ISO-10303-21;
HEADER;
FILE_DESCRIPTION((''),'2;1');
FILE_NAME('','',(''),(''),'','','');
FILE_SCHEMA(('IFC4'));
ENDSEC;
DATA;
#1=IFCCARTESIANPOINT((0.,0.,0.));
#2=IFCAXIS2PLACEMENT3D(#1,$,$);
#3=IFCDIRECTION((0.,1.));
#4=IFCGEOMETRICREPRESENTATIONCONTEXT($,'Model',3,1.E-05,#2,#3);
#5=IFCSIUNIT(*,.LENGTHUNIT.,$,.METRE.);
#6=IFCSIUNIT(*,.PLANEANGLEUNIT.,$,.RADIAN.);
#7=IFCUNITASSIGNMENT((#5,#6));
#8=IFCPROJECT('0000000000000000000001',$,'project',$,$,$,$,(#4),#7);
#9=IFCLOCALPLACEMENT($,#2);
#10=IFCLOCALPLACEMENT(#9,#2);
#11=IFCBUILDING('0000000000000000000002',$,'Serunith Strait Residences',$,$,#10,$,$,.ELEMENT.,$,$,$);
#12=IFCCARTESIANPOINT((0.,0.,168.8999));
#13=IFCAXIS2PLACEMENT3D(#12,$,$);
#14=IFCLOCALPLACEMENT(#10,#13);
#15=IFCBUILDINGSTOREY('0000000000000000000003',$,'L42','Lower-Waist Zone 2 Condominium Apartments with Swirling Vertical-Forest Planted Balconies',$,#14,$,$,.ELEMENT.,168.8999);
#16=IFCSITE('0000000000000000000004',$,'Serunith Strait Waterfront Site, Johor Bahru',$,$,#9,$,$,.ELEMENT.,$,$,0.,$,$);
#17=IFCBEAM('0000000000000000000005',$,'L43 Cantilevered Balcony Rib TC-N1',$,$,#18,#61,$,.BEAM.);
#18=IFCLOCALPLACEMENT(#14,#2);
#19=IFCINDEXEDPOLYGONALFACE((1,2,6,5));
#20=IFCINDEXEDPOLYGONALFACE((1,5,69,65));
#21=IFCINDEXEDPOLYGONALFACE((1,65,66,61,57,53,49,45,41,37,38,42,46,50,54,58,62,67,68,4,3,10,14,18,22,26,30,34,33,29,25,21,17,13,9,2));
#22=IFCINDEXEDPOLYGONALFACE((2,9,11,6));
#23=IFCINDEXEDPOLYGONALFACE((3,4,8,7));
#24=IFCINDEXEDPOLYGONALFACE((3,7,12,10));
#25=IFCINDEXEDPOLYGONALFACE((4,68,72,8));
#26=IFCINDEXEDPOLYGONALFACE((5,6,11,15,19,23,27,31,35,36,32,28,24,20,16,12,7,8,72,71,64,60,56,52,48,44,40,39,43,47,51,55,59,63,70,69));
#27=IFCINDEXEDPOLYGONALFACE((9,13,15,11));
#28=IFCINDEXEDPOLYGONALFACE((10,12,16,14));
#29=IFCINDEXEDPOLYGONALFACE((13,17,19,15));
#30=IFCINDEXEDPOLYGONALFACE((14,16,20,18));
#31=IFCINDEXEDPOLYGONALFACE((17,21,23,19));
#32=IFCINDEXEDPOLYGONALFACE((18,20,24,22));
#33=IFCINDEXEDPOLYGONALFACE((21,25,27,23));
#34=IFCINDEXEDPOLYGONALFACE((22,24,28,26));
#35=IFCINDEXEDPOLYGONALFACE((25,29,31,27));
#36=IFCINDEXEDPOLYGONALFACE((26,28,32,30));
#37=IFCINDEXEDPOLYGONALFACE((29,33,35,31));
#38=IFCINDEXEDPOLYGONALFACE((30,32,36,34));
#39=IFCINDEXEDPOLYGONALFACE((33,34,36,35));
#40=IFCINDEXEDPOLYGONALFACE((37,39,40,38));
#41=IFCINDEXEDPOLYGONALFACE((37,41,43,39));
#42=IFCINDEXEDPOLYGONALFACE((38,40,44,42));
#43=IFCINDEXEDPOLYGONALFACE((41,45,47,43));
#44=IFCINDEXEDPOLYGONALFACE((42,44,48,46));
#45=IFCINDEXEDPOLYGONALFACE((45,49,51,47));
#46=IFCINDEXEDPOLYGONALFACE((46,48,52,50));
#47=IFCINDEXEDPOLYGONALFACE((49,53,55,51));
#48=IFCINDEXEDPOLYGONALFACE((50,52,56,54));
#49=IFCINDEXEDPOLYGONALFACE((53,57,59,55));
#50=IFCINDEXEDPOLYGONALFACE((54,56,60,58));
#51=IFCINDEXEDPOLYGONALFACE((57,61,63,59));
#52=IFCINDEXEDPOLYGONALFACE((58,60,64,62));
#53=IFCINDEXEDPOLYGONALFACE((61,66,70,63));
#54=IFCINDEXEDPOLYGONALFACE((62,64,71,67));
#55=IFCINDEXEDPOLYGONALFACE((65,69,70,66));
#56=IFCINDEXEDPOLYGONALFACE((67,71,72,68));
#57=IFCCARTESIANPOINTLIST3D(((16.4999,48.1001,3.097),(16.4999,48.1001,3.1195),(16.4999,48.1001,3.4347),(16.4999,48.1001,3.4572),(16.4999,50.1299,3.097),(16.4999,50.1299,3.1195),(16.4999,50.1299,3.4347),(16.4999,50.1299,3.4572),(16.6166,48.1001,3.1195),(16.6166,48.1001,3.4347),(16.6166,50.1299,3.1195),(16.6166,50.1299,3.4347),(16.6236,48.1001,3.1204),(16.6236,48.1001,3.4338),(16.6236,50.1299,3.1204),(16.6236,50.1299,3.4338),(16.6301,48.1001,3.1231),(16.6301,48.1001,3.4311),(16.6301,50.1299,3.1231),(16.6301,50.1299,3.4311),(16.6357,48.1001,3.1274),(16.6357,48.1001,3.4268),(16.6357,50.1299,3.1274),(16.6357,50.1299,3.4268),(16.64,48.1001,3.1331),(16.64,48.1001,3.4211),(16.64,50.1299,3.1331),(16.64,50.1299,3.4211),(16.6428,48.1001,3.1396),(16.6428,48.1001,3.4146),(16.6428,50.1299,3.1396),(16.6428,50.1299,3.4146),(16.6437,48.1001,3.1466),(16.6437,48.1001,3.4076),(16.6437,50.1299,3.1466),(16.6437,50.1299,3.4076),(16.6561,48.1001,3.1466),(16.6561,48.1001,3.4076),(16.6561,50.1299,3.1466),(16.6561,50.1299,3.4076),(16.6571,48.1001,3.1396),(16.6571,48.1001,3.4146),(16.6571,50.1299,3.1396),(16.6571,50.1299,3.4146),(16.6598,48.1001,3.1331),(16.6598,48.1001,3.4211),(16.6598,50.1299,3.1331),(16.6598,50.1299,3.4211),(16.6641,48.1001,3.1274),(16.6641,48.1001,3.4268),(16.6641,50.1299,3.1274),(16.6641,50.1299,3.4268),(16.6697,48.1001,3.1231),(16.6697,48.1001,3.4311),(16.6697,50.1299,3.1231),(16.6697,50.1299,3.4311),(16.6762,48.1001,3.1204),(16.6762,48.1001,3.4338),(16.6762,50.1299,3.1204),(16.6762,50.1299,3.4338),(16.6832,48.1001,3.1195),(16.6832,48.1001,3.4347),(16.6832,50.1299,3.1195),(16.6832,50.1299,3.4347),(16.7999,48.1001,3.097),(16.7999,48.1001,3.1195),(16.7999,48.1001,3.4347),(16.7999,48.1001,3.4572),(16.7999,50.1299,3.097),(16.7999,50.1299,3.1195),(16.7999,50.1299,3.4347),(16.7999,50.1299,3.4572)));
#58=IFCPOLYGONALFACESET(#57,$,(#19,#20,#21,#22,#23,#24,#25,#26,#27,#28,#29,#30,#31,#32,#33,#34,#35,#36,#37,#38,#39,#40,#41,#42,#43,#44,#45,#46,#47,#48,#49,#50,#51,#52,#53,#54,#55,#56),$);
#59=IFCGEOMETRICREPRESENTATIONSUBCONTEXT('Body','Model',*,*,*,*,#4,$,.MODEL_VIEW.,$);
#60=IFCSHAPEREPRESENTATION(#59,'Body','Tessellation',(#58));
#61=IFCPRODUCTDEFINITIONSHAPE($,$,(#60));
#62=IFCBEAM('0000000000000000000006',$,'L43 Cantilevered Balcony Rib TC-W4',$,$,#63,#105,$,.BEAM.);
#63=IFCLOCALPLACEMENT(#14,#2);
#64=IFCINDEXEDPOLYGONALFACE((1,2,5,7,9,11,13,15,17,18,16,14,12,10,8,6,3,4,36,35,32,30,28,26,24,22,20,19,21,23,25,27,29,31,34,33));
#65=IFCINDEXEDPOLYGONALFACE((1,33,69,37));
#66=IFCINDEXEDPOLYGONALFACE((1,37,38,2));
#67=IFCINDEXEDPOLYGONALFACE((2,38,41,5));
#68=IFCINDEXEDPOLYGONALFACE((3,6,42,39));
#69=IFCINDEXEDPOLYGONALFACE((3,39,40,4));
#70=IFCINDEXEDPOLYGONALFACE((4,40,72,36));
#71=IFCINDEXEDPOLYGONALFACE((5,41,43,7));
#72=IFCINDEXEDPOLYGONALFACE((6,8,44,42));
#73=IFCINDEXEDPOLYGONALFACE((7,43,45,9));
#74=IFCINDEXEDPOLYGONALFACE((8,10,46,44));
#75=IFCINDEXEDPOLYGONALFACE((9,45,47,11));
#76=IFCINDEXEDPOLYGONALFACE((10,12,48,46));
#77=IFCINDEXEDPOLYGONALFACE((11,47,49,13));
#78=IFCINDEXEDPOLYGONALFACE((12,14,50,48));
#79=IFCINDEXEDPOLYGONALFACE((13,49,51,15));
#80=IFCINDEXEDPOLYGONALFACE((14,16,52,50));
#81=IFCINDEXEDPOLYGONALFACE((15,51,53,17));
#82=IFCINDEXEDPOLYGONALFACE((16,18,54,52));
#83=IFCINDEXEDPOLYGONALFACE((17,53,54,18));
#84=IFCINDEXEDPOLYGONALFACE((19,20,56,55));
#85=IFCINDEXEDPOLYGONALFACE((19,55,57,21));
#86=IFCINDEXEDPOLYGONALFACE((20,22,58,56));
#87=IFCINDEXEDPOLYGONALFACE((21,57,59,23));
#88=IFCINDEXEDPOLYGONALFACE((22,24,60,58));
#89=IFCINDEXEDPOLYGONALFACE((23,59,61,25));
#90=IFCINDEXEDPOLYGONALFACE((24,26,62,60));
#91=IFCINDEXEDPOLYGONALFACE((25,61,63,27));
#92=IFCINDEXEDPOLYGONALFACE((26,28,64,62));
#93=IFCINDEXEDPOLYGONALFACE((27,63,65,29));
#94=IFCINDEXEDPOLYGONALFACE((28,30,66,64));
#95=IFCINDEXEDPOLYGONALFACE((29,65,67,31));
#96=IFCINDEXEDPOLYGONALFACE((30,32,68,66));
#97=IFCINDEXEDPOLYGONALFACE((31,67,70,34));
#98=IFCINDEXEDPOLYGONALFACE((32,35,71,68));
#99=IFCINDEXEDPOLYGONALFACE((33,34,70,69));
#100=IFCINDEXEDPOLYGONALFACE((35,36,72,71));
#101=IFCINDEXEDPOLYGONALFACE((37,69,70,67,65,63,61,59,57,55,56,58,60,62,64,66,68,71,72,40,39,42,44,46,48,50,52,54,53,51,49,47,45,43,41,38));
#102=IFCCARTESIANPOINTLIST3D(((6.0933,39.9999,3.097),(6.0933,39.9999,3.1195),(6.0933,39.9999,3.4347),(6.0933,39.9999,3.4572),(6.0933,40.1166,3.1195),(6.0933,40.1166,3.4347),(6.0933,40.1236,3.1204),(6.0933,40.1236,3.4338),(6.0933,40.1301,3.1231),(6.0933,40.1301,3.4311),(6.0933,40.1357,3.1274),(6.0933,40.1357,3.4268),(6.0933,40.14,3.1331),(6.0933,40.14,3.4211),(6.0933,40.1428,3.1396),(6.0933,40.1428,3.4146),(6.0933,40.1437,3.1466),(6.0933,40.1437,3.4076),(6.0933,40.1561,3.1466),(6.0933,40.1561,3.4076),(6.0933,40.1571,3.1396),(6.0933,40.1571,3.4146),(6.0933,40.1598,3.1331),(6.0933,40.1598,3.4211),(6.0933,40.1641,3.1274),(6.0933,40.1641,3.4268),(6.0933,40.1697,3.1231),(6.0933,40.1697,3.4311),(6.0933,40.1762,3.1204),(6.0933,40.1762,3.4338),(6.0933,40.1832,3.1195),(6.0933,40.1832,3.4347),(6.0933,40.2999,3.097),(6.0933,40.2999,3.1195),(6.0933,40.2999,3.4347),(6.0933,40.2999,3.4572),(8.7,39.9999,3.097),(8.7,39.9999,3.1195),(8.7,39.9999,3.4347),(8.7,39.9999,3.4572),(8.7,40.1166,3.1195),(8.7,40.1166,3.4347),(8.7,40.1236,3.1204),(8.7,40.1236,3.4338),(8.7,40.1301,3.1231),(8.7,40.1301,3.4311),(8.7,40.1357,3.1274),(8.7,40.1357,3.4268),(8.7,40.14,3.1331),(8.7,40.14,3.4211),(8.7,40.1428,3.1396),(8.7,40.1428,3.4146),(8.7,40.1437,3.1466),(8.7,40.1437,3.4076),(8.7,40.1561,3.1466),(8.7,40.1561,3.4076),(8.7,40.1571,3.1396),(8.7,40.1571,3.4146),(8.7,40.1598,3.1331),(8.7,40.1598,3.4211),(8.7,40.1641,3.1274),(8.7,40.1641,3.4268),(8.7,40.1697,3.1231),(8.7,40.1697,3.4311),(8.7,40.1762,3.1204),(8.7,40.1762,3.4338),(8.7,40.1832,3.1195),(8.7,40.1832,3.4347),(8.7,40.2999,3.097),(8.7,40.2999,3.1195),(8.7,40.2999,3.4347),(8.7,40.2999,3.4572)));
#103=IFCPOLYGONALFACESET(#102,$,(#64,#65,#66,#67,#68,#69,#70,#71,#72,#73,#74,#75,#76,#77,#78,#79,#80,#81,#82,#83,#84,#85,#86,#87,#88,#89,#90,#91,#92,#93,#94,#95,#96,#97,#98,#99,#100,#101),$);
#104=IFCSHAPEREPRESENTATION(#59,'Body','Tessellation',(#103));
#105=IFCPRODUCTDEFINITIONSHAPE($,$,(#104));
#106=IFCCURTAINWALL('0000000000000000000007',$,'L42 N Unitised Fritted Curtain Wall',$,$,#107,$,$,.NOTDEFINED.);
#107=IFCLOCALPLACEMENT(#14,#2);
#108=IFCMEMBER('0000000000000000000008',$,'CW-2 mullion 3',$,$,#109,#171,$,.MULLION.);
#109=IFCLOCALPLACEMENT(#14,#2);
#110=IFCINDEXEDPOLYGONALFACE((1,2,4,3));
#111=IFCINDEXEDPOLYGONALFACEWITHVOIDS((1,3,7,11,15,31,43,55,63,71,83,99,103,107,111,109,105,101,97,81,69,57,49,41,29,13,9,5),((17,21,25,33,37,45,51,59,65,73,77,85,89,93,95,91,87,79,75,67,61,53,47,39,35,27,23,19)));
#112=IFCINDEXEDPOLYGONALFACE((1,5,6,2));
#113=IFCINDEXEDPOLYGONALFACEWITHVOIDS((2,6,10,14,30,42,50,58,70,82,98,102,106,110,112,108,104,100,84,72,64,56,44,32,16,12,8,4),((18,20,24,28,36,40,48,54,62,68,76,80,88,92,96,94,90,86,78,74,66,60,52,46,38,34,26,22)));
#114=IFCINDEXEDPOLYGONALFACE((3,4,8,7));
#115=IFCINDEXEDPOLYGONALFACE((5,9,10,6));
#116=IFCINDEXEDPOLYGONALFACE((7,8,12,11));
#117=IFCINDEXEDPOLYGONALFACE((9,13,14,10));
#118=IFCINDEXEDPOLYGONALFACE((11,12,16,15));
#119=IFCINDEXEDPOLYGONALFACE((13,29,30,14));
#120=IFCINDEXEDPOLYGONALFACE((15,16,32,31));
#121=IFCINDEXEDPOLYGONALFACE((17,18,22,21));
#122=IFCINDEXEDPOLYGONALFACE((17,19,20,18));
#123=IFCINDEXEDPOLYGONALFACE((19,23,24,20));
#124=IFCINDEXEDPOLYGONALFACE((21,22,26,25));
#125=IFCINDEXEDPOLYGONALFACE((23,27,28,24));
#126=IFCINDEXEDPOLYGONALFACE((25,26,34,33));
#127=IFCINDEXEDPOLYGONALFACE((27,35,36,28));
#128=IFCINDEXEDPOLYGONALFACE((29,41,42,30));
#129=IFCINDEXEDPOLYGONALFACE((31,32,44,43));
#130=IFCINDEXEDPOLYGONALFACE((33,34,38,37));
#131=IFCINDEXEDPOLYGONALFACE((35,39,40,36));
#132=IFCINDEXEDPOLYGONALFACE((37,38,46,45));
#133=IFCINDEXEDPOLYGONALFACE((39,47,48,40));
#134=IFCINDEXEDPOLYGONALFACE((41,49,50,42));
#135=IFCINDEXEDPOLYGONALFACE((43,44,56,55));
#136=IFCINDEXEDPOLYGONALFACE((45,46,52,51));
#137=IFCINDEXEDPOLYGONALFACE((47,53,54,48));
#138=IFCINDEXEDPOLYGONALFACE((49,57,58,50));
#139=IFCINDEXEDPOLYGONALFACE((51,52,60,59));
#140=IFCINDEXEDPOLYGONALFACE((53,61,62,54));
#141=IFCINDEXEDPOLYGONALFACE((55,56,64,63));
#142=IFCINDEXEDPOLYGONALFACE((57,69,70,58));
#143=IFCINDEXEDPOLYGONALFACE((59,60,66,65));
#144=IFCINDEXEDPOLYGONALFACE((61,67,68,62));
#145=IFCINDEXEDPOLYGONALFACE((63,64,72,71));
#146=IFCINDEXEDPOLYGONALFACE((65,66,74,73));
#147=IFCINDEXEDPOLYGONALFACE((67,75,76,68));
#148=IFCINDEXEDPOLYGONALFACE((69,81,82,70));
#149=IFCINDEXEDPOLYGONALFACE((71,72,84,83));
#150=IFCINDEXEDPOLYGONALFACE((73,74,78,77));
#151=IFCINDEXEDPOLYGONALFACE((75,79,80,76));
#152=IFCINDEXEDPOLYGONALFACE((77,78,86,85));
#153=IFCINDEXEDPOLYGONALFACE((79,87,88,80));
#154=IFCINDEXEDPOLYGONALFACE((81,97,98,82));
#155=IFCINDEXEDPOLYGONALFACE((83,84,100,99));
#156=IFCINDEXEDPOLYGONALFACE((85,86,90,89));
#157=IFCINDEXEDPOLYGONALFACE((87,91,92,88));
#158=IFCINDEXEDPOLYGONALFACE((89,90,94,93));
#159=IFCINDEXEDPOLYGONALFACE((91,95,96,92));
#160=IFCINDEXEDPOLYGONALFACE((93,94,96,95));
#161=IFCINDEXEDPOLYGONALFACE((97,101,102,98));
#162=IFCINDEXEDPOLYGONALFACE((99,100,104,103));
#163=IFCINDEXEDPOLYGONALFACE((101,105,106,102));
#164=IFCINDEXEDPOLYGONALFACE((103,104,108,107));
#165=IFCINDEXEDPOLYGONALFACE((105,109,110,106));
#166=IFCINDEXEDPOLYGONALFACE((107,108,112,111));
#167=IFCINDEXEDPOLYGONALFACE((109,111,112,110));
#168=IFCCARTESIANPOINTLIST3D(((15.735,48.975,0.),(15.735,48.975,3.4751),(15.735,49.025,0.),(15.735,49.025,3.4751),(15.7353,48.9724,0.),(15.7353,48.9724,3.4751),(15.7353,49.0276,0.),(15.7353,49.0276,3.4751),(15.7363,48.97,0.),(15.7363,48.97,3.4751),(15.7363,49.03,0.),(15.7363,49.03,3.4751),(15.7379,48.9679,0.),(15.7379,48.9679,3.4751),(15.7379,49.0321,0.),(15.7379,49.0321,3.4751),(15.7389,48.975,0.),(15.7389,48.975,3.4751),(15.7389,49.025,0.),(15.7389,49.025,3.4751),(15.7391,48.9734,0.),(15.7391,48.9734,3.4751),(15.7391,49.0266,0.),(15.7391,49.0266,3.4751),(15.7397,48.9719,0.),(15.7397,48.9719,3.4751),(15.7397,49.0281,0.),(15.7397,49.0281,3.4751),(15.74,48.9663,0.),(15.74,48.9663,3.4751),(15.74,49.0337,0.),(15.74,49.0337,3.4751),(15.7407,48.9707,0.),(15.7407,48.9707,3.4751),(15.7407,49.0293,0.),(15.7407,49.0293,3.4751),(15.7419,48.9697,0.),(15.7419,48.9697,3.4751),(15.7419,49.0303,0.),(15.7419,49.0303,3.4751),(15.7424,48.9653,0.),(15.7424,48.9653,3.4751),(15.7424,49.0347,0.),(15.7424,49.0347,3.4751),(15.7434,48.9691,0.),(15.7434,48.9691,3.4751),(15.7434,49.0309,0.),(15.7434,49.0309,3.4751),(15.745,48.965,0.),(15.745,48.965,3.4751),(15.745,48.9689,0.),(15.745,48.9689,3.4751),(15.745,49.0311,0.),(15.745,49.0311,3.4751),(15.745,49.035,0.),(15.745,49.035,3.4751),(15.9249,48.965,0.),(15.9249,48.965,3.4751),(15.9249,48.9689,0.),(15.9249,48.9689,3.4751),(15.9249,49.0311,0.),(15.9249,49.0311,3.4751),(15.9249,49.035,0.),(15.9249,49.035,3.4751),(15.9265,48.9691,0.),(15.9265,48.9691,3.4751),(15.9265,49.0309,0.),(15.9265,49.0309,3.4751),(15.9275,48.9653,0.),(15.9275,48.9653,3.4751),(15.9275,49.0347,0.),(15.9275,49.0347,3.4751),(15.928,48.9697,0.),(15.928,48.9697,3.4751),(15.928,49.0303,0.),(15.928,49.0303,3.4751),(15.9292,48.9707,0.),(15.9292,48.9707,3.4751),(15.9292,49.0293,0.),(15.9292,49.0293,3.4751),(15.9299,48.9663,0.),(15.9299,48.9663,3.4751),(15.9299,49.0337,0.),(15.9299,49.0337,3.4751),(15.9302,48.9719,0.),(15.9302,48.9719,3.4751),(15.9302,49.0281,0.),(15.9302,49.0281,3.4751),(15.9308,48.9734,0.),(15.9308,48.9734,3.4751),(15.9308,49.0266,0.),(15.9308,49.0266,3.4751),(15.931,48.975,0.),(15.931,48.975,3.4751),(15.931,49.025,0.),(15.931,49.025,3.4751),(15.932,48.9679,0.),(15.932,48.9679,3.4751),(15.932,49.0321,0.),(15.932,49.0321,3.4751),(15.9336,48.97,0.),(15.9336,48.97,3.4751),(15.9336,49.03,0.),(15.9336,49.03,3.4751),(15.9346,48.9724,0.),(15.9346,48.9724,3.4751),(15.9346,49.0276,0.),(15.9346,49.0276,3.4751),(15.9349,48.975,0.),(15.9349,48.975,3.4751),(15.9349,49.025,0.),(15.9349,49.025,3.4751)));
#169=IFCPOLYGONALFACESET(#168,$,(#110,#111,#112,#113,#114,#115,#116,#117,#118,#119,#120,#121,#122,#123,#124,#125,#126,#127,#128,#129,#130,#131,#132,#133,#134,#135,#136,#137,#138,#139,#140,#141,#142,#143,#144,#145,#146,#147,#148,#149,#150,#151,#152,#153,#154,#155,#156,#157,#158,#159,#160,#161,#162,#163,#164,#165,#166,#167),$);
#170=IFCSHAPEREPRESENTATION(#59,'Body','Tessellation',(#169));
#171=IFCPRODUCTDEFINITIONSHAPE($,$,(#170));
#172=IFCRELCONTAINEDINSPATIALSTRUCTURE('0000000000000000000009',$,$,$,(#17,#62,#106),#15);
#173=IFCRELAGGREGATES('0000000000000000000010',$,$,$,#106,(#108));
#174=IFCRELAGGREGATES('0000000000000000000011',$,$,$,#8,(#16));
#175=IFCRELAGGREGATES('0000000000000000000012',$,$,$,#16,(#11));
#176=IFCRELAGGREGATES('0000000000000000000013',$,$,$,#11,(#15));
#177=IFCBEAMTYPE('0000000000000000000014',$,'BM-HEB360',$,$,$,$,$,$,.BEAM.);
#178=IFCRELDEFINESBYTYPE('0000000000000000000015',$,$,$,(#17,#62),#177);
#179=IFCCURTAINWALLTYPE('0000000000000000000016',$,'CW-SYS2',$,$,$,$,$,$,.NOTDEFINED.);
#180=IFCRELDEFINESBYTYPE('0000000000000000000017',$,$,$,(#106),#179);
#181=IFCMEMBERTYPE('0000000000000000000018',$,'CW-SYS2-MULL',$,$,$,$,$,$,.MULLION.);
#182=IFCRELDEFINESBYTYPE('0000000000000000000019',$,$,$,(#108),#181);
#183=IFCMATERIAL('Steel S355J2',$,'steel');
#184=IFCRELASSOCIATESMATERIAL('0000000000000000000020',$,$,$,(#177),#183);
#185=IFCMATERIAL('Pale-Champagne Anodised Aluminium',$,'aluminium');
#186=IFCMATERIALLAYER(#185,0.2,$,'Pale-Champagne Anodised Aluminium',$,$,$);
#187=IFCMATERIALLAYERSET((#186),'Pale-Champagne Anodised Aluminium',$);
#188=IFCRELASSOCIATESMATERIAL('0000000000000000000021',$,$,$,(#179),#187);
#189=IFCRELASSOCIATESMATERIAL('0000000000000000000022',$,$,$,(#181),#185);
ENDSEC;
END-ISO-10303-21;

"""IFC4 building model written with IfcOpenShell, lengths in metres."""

from ifc_helpers import new_model, si_unit, direction, frame, origin, origin_2d, place, context, subcontext, project, spatial, hollow_rectangle, i_section, extrude, source, transform, mapped, material, layer, layer_set, material_profile, profile_set, type_object, element, aggregate, save


model = new_model("IFC4")

# Units and contexts
model_context = context("Model", 3, precision=1e-05, world=origin(), true_north=direction((0.0, 1.0)))
body_context = subcontext(model_context, "Body", "Model", "MODEL_VIEW")
ifc_project = project(units=[si_unit("LENGTHUNIT", "METRE"), si_unit("PLANEANGLEUNIT", "RADIAN")], contexts=[model_context])

# Site, building, storey
site_placement = place(None, origin())
site = spatial("IfcSite", under=ifc_project, at=site_placement, Name="Serunith Strait Waterfront Site, Johor Bahru", CompositionType="ELEMENT", RefElevation=0.0)
building_placement = place(site_placement, origin())
building = spatial("IfcBuilding", under=site, at=building_placement, Name="Serunith Strait Residences", CompositionType="ELEMENT")
storey_placement = place(building_placement, frame((0.0, 0.0, 168.8999)))
storey = spatial("IfcBuildingStorey", under=building, at=storey_placement, Name="L42", Description="Lower-Waist Zone 2 Condominium Apartments with Swirling Vertical-Forest Planted Balconies", CompositionType="ELEMENT", Elevation=168.8999)

# Beams
ifc_material_1 = material(Name="Steel S355J2", Category="steel")
ifc_material_profile_1 = material_profile(ifc_material_1, i_section(OverallWidth=0.3, OverallDepth=0.3601, WebThickness=0.0125, FlangeThickness=0.0225, FilletRadius=0.0271, at=origin_2d()), Name="HEB 360")
ifc_profile_set_1 = profile_set([ifc_material_profile_1], Name="Steel S355J2")
beam_type_1 = type_object("IfcBeamType", Name="BM-HEB360", PredefinedType="BEAM", material=ifc_profile_set_1)
shared_shape_1 = source(origin(), body_context, "Body", "SweptSolid", [
    extrude(i_section(OverallWidth=0.3, OverallDepth=0.3601, WebThickness=0.0125, FlangeThickness=0.0225, FilletRadius=0.0271, at=origin_2d()), origin(), (0.0, 0.0, 1.0), 2.0298),
])
beam_1_placement = place(storey_placement, frame((16.6499, 48.1001, 3.2771), z_axis=(0.0, 1.0, 0.0), x_axis=(-1.0, 0.0, 0.0)))
element("IfcBeam", 1, at=beam_1_placement, inside=storey, type_object=beam_type_1, Name="L43 Cantilevered Balcony Rib TC-N1", PredefinedType="BEAM", context=body_context, shape_type="MappedRepresentation", body=[
    mapped(shared_shape_1, transform((0.0, 0.0, 0.0), scale=1.0)),
])
shared_shape_2 = source(origin(), body_context, "Body", "SweptSolid", [
    extrude(i_section(OverallWidth=0.3, OverallDepth=0.3601, WebThickness=0.0125, FlangeThickness=0.0225, FilletRadius=0.0271, at=origin_2d()), origin(), (0.0, 0.0, 1.0), 2.6067),
])
beam_2_placement = place(storey_placement, frame((8.7, 40.1499, 3.2771), z_axis=(-1.0, 0.0, 0.0), x_axis=(0.0, -1.0, 0.0)))
element("IfcBeam", 2, at=beam_2_placement, inside=storey, type_object=beam_type_1, Name="L43 Cantilevered Balcony Rib TC-W4", PredefinedType="BEAM", context=body_context, shape_type="MappedRepresentation", body=[
    mapped(shared_shape_2, transform((0.0, 0.0, 0.0), scale=1.0)),
])

# Curtain wall, member
ifc_material_2 = material(Name="Pale-Champagne Anodised Aluminium", Category="aluminium")
ifc_layer_1 = layer(ifc_material_2, 0.2, Name="Pale-Champagne Anodised Aluminium")
ifc_layer_set_1 = layer_set([ifc_layer_1], Name="Pale-Champagne Anodised Aluminium")
curtain_wall_type = type_object("IfcCurtainWallType", Name="CW-SYS2", PredefinedType="NOTDEFINED", material=ifc_layer_set_1)
curtain_wall_1_placement = place(storey_placement, origin())
curtain_wall_1 = element("IfcCurtainWall", 3, at=curtain_wall_1_placement, inside=storey, type_object=curtain_wall_type, Name="L42 N Unitised Fritted Curtain Wall", PredefinedType="NOTDEFINED")
ifc_material_profile_2 = material_profile(ifc_material_2, hollow_rectangle(XDim=0.0701, YDim=0.2, WallThickness=0.0039, InnerFilletRadius=0.0061, OuterFilletRadius=0.01, at=origin_2d()), Name="ALU 200x70x4")
ifc_profile_set_2 = profile_set([ifc_material_profile_2], Name="Pale-Champagne Anodised Aluminium")
member_type_1 = type_object("IfcMemberType", Name="CW-SYS2-MULL", PredefinedType="MULLION", material=ifc_profile_set_2)
shared_shape_3 = source(origin(), body_context, "Body", "SweptSolid", [
    extrude(hollow_rectangle(XDim=0.0701, YDim=0.2, WallThickness=0.0039, InnerFilletRadius=0.0061, OuterFilletRadius=0.01, at=origin_2d()), origin(), (0.0, 0.0, 1.0), 3.4751),
])
member_1_placement = place(storey_placement, frame((15.835, 49.0, 0.0), z_axis=(0.0, 0.0, 1.0), x_axis=(0.0, -1.0, 0.0)))
member_1 = element("IfcMember", 4, at=member_1_placement, type_object=member_type_1, Name="CW-2 mullion 3", PredefinedType="MULLION", context=body_context, shape_type="MappedRepresentation", body=[
    mapped(shared_shape_3, transform((0.0, 0.0, 0.0), scale=1.0)),
])
aggregate(curtain_wall_1, [member_1])

save(model, "model.ifc")
